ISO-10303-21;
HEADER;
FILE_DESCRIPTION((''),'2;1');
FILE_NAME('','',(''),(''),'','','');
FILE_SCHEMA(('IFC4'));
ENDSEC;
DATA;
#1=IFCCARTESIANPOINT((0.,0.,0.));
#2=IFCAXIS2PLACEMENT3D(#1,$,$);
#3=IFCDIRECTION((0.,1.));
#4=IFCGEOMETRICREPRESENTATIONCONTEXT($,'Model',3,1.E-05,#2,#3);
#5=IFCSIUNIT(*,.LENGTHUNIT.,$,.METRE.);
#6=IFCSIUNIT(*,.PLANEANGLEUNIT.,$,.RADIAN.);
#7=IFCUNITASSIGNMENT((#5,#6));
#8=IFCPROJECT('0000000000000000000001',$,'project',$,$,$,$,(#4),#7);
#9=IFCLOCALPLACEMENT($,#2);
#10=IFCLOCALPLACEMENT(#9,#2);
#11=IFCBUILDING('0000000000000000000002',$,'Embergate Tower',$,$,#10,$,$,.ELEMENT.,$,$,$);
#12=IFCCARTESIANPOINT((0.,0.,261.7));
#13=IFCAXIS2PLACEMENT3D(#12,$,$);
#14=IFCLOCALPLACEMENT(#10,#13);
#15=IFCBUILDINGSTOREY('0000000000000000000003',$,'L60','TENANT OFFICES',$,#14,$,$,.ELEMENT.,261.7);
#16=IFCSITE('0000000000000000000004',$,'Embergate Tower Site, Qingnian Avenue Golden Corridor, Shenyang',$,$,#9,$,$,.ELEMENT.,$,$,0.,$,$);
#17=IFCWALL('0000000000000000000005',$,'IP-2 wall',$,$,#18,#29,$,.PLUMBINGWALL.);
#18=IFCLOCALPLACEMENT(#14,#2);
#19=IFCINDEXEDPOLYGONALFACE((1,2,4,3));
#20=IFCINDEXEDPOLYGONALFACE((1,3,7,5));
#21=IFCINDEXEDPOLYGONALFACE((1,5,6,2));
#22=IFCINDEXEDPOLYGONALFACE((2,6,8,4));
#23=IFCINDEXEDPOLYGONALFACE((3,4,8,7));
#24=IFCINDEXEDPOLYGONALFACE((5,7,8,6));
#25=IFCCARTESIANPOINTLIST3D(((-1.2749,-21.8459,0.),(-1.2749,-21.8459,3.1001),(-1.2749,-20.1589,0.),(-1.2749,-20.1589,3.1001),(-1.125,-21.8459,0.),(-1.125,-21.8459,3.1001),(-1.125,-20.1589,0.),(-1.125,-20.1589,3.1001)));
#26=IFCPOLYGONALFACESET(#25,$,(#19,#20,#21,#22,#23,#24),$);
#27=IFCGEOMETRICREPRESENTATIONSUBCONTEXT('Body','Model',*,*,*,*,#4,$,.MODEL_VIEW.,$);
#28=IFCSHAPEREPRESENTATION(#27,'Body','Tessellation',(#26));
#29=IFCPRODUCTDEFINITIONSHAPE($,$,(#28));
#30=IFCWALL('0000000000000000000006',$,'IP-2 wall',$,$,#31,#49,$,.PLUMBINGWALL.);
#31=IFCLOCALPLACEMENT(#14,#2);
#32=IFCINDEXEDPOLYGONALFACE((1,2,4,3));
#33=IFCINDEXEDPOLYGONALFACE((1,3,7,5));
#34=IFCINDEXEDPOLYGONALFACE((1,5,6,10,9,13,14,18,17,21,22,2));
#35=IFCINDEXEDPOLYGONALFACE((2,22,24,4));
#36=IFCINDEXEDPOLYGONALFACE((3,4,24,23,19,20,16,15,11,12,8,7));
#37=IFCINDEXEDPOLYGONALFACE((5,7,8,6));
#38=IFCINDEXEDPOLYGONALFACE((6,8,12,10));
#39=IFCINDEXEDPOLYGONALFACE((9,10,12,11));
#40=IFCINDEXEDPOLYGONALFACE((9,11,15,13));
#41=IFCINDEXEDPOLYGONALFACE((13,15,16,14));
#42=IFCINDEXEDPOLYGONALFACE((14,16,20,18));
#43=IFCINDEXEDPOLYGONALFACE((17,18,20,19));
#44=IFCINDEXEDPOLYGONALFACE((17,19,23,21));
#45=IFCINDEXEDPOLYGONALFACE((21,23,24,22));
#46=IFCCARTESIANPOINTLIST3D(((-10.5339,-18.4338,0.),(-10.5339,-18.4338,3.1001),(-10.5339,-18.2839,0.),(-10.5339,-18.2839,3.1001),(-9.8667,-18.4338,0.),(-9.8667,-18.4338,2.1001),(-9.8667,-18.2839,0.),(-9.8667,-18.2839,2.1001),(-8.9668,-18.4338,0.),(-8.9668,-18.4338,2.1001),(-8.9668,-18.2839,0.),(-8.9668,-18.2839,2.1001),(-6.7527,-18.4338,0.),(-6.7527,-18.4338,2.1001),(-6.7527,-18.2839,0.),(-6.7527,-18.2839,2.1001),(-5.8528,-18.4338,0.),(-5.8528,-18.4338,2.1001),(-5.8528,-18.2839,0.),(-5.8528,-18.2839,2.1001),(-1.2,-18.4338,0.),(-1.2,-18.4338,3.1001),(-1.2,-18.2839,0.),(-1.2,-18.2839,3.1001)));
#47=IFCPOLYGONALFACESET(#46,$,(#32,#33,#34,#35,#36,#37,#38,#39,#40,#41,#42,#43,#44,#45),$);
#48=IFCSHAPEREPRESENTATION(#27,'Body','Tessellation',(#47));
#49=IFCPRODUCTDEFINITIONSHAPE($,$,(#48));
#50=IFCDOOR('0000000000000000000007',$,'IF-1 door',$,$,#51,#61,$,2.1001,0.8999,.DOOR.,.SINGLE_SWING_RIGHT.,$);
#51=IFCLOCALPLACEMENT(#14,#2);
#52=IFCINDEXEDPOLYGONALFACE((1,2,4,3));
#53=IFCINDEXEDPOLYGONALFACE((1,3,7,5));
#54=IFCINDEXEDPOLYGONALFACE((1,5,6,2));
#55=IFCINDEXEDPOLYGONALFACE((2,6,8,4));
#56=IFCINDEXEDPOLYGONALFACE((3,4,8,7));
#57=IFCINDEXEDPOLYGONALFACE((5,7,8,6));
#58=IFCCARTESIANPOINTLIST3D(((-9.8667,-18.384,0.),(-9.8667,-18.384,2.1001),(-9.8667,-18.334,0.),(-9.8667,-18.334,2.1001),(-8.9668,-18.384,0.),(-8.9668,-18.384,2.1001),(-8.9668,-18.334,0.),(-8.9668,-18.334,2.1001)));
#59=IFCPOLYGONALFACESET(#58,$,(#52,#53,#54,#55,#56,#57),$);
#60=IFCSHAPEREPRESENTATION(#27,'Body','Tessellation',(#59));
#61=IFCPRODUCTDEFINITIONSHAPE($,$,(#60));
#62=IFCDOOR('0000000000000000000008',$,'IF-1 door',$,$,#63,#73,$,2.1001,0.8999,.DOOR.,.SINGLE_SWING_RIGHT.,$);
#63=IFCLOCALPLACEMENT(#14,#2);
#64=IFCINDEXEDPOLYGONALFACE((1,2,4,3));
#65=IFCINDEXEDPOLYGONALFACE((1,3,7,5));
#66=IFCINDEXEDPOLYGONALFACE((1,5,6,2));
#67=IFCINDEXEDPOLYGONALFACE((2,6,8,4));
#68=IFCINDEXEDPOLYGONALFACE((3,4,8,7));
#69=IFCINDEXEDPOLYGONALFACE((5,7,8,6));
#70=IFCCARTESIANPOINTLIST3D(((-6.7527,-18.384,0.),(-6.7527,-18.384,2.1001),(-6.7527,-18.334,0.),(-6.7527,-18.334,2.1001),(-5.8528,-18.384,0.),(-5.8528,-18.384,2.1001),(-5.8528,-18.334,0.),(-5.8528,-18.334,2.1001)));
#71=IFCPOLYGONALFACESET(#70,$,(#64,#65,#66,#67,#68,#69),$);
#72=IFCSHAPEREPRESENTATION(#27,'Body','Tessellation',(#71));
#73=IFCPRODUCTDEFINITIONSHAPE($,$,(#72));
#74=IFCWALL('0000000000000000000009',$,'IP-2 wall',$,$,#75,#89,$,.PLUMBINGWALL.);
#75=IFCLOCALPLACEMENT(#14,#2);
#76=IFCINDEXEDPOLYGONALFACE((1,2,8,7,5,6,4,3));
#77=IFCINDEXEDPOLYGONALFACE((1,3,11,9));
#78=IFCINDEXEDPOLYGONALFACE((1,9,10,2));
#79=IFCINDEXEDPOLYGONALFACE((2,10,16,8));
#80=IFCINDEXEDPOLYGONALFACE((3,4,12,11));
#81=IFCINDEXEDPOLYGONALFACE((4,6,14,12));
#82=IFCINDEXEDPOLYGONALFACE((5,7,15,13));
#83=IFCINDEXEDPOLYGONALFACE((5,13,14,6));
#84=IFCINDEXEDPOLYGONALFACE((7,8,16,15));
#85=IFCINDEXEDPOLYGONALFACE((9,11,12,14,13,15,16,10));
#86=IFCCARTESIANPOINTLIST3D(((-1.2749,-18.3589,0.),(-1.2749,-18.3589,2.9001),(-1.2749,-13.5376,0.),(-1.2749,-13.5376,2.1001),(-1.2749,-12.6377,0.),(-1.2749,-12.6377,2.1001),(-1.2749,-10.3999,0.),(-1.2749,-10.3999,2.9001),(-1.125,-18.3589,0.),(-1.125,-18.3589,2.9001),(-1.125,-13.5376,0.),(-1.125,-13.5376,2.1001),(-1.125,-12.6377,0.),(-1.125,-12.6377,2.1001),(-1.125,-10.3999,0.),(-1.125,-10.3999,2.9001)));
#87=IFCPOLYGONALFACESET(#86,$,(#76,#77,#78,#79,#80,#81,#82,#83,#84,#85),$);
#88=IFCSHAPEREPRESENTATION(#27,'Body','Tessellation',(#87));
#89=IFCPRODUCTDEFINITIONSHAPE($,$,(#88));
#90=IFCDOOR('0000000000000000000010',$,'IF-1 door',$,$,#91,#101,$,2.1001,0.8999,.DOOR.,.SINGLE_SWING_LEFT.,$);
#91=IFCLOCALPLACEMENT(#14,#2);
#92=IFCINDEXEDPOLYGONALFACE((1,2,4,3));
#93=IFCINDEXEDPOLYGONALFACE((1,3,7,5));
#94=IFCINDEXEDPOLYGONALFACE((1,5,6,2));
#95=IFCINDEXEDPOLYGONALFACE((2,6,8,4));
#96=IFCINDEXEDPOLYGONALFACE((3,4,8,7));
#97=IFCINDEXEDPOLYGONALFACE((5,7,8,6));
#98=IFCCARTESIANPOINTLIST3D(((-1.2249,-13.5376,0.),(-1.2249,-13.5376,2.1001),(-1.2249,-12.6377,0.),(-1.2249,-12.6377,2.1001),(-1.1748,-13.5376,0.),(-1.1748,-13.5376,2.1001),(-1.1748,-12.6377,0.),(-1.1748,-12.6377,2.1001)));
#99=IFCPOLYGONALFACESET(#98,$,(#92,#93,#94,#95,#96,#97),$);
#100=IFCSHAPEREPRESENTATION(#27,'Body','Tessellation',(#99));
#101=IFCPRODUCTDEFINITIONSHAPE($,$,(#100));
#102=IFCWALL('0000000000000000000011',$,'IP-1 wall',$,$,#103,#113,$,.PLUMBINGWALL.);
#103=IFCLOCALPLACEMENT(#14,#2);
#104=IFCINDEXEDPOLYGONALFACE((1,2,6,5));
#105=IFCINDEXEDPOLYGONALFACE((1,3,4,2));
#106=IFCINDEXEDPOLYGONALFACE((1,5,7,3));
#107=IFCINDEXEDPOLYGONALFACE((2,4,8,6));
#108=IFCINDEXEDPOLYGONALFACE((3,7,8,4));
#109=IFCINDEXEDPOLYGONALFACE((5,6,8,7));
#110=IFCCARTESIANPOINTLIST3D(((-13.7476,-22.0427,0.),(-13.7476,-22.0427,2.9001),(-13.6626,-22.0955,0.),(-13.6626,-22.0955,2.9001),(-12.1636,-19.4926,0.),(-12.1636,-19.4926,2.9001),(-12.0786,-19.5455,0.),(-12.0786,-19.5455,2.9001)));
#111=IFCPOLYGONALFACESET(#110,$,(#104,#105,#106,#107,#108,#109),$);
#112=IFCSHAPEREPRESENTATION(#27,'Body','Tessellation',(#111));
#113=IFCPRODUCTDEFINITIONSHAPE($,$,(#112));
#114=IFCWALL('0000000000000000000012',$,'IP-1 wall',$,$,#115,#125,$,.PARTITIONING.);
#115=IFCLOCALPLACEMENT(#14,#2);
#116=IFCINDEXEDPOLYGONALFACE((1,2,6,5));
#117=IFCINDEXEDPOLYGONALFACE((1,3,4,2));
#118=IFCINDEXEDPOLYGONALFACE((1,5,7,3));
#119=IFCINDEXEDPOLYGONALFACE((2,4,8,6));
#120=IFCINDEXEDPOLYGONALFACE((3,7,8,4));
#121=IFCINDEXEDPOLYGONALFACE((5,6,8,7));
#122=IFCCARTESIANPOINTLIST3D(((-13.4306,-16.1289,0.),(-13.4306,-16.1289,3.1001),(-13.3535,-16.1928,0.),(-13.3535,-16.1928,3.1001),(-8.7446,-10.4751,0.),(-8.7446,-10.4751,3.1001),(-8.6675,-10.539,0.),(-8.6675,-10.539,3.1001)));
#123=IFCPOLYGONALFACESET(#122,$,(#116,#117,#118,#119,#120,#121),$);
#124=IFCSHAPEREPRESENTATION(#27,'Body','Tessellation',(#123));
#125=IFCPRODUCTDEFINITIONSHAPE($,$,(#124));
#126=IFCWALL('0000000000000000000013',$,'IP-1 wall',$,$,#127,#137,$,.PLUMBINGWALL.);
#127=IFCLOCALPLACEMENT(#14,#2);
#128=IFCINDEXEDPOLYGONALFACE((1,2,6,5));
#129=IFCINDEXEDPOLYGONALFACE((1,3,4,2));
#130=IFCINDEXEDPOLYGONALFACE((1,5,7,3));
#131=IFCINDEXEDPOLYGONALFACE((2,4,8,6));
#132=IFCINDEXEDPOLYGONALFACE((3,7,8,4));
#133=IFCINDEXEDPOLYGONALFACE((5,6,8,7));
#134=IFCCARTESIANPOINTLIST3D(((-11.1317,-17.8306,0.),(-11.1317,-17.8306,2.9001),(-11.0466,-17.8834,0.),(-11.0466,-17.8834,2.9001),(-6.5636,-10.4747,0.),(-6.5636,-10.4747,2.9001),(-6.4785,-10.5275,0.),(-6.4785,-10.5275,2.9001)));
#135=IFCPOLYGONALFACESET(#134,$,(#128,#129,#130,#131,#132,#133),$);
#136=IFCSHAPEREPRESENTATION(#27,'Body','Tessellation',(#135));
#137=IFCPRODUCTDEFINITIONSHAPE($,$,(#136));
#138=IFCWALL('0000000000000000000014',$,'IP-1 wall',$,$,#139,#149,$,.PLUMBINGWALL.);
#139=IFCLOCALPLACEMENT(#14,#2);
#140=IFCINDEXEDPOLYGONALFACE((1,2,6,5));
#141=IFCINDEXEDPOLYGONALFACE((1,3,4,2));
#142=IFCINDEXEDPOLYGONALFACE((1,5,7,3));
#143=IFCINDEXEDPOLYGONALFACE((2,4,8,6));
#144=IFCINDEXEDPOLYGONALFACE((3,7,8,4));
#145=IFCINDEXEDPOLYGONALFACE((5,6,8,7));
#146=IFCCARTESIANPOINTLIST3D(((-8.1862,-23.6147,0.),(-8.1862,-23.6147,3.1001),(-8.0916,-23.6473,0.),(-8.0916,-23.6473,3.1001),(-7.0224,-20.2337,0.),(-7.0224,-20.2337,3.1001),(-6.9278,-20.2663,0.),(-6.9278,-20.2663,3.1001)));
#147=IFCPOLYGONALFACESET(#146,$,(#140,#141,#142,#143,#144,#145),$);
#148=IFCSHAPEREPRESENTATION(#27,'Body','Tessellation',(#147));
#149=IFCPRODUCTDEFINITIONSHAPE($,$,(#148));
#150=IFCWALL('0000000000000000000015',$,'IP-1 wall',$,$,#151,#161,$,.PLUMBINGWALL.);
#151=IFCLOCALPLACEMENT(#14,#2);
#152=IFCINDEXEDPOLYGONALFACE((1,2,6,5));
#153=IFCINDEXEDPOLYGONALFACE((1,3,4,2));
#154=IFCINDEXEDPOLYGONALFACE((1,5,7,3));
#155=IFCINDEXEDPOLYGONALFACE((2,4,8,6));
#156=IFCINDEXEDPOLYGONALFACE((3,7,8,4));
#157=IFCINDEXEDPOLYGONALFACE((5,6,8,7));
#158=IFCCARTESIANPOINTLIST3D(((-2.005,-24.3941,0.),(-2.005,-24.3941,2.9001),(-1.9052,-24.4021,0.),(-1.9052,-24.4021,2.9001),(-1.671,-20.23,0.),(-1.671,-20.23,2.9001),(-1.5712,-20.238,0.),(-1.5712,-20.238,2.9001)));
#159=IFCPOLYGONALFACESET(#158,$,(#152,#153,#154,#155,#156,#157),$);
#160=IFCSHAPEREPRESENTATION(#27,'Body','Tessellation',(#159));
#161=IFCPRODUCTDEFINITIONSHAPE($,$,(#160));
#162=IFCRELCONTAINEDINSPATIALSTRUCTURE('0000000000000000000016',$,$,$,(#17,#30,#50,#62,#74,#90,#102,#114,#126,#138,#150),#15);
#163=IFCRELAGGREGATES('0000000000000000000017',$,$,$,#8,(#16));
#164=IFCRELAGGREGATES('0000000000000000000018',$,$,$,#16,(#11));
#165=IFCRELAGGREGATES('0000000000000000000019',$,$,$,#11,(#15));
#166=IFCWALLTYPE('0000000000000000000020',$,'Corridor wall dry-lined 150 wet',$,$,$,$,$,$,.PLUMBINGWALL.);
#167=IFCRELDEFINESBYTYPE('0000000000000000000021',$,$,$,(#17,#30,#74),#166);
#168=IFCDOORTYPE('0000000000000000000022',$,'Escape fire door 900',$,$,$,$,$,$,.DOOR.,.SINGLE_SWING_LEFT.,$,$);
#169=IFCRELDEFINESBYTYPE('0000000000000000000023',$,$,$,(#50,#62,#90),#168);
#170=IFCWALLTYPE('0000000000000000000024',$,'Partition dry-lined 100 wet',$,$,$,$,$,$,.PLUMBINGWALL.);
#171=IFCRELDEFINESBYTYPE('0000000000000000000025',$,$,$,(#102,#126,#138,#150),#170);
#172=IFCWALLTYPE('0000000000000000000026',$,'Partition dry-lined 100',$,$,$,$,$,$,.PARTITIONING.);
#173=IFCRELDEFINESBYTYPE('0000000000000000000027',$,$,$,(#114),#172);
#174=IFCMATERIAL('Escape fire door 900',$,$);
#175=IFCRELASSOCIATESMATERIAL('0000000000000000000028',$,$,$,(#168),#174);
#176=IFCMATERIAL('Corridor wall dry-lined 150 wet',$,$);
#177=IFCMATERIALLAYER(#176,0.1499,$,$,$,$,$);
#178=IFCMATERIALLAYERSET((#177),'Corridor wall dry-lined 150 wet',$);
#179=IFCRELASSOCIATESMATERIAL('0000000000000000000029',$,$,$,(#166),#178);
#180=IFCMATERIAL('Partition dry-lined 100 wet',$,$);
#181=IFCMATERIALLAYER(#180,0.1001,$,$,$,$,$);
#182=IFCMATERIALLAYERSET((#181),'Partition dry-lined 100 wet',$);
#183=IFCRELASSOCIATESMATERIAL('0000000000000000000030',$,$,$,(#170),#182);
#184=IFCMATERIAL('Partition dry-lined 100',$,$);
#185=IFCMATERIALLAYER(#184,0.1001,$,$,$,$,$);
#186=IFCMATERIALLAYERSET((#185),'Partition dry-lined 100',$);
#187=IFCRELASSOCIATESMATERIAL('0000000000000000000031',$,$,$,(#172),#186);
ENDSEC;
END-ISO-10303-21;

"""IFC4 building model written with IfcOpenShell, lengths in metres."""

from ifc_helpers import new_model, si_unit, direction, frame, frame_2d, origin, place, context, subcontext, project, spatial, rectangle, extrude, source, transform, mapped, material, layer, layer_set, type_object, element, fill, save


model = new_model("IFC4")

# Units and contexts
model_context = context("Model", 3, precision=1e-05, world=origin(), true_north=direction((0.0, 1.0)))
body_context = subcontext(model_context, "Body", "Model", "MODEL_VIEW")
ifc_project = project(units=[si_unit("LENGTHUNIT", "METRE"), si_unit("PLANEANGLEUNIT", "RADIAN")], contexts=[model_context])

# Site, building, storey
site_placement = place(None, origin())
site = spatial("IfcSite", under=ifc_project, at=site_placement, Name="Embergate Tower Site, Qingnian Avenue Golden Corridor, Shenyang", CompositionType="ELEMENT", RefElevation=0.0)
building_placement = place(site_placement, origin())
building = spatial("IfcBuilding", under=site, at=building_placement, Name="Embergate Tower", CompositionType="ELEMENT")
storey_placement = place(building_placement, frame((0.0, 0.0, 261.7)))
storey = spatial("IfcBuildingStorey", under=building, at=storey_placement, Name="L60", Description="TENANT OFFICES", CompositionType="ELEMENT", Elevation=261.7)

# Shared definitions
shared_shape_1 = source(origin(), body_context, "Body", "SweptSolid", [
    extrude(rectangle(XDim=0.8999, YDim=2.1001, at=frame_2d((0.45, 1.05))), frame((0.0, 0.085, 0.0), z_axis=(0.0, -1.0, 0.0), x_axis=(1.0, 0.0, 0.0)), (0.0, 0.0, 1.0), 0.1699),
])
ifc_material_1 = material(Name="Escape fire door 900")
door_type_1 = type_object("IfcDoorType", Name="Escape fire door 900", OperationType="SINGLE_SWING_LEFT", PredefinedType="DOOR", material=ifc_material_1)
shared_shape_2 = source(origin(), body_context, "Body", "SweptSolid", [
    extrude(rectangle(XDim=0.8999, YDim=2.1001, at=frame_2d((0.45, 1.05))), frame((0.0, 0.0249, 0.0), z_axis=(0.0, -1.0, 0.0), x_axis=(1.0, 0.0, 0.0)), (0.0, 0.0, 1.0), 0.05),
])
ifc_material_2 = material(Name="Corridor wall dry-lined 150 wet")
ifc_layer_1 = layer(ifc_material_2, 0.1499)
ifc_layer_set_1 = layer_set([ifc_layer_1], Name="Corridor wall dry-lined 150 wet")
wall_type_1 = type_object("IfcWallType", Name="Corridor wall dry-lined 150 wet", PredefinedType="PLUMBINGWALL", material=ifc_layer_set_1)

# Wall
shared_shape_3 = source(origin(), body_context, "Body", "SweptSolid", [
    extrude(rectangle(XDim=1.687, YDim=0.1499, at=frame_2d((0.8435, 0.0))), origin(), (0.0, 0.0, 1.0), 3.1001),
])
wall_1_placement = place(storey_placement, frame((-1.2, -21.8459, 0.0), z_axis=(0.0, 0.0, 1.0), x_axis=(0.0, 1.0, 0.0)))
element("IfcWall", 1, at=wall_1_placement, inside=storey, type_object=wall_type_1, Name="IP-2 wall", PredefinedType="PLUMBINGWALL", context=body_context, shape_type="MappedRepresentation", body=[
    mapped(shared_shape_3, transform((0.0, 0.0, 0.0))),
])

# Wall, openings, doors
shared_shape_4 = source(origin(), body_context, "Body", "SweptSolid", [
    extrude(rectangle(XDim=9.334, YDim=0.1499, at=frame_2d((4.667, 0.0))), origin(), (0.0, 0.0, 1.0), 3.1001),
])
wall_2_placement = place(storey_placement, frame((-10.5339, -18.3589, 0.0), z_axis=(0.0, 0.0, 1.0), x_axis=(1.0, 0.0, 0.0)))
wall_2 = element("IfcWall", 2, at=wall_2_placement, inside=storey, type_object=wall_type_1, Name="IP-2 wall", PredefinedType="PLUMBINGWALL", context=body_context, shape_type="MappedRepresentation", body=[
    mapped(shared_shape_4, transform((0.0, 0.0, 0.0))),
])
opening_1_placement = place(wall_2_placement, frame((0.6672, 0.0, 0.0)))
opening_1 = element("IfcOpeningElement", 3, at=opening_1_placement, cuts=wall_2, PredefinedType="OPENING", context=body_context, shape_type="MappedRepresentation", body=[
    mapped(shared_shape_1, transform((0.0, 0.0, 0.0))),
])
opening_2_placement = place(wall_2_placement, frame((3.7812, 0.0, 0.0)))
opening_2 = element("IfcOpeningElement", 4, at=opening_2_placement, cuts=wall_2, PredefinedType="OPENING", context=body_context, shape_type="MappedRepresentation", body=[
    mapped(shared_shape_1, transform((0.0, 0.0, 0.0))),
])
door_1_placement = place(opening_1_placement, origin())
door_1 = element("IfcDoor", 5, at=door_1_placement, inside=storey, type_object=door_type_1, Name="IF-1 door", OperationType="SINGLE_SWING_RIGHT", OverallHeight=2.1001, OverallWidth=0.8999, PredefinedType="DOOR", context=body_context, shape_type="MappedRepresentation", body=[
    mapped(shared_shape_2, transform((0.0, 0.0, 0.0))),
])
fill(opening_1, door_1)
door_2_placement = place(opening_2_placement, origin())
door_2 = element("IfcDoor", 6, at=door_2_placement, inside=storey, type_object=door_type_1, Name="IF-1 door", OperationType="SINGLE_SWING_RIGHT", OverallHeight=2.1001, OverallWidth=0.8999, PredefinedType="DOOR", context=body_context, shape_type="MappedRepresentation", body=[
    mapped(shared_shape_2, transform((0.0, 0.0, 0.0))),
])
fill(opening_2, door_2)

# Wall, opening, door
shared_shape_5 = source(origin(), body_context, "Body", "SweptSolid", [
    extrude(rectangle(XDim=7.959, YDim=0.1499, at=frame_2d((3.9795, 0.0))), origin(), (0.0, 0.0, 1.0), 2.9001),
])
wall_3_placement = place(storey_placement, frame((-1.2, -18.3589, 0.0), z_axis=(0.0, 0.0, 1.0), x_axis=(0.0, 1.0, 0.0)))
wall_3 = element("IfcWall", 7, at=wall_3_placement, inside=storey, type_object=wall_type_1, Name="IP-2 wall", PredefinedType="PLUMBINGWALL", context=body_context, shape_type="MappedRepresentation", body=[
    mapped(shared_shape_5, transform((0.0, 0.0, 0.0))),
])
opening_3_placement = place(wall_3_placement, frame((4.8213, 0.0, 0.0)))
opening_3 = element("IfcOpeningElement", 8, at=opening_3_placement, cuts=wall_3, PredefinedType="OPENING", context=body_context, shape_type="MappedRepresentation", body=[
    mapped(shared_shape_1, transform((0.0, 0.0, 0.0))),
])
door_3_placement = place(opening_3_placement, origin())
door_3 = element("IfcDoor", 9, at=door_3_placement, inside=storey, type_object=door_type_1, Name="IF-1 door", OperationType="SINGLE_SWING_LEFT", OverallHeight=2.1001, OverallWidth=0.8999, PredefinedType="DOOR", context=body_context, shape_type="MappedRepresentation", body=[
    mapped(shared_shape_2, transform((0.0, 0.0, 0.0))),
])
fill(opening_3, door_3)

# Walls
ifc_material_3 = material(Name="Partition dry-lined 100 wet")
ifc_layer_2 = layer(ifc_material_3, 0.1001)
ifc_layer_set_2 = layer_set([ifc_layer_2], Name="Partition dry-lined 100 wet")
wall_type_2 = type_object("IfcWallType", Name="Partition dry-lined 100 wet", PredefinedType="PLUMBINGWALL", material=ifc_layer_set_2)
shared_shape_6 = source(origin(), body_context, "Body", "SweptSolid", [
    extrude(rectangle(XDim=3.002, YDim=0.1001, at=frame_2d((1.501, 0.0))), origin(), (0.0, 0.0, 1.0), 2.9001),
])
wall_4_placement = place(storey_placement, frame((-12.1211, -19.519, 0.0), z_axis=(0.0, 0.0, 1.0), x_axis=(-0.52765, -0.849462, 0.0)))
element("IfcWall", 10, at=wall_4_placement, inside=storey, type_object=wall_type_2, Name="IP-1 wall", PredefinedType="PLUMBINGWALL", context=body_context, shape_type="MappedRepresentation", body=[
    mapped(shared_shape_6, transform((0.0, 0.0, 0.0))),
])
ifc_material_4 = material(Name="Partition dry-lined 100")
ifc_layer_3 = layer(ifc_material_4, 0.1001)
ifc_layer_set_3 = layer_set([ifc_layer_3], Name="Partition dry-lined 100")
wall_type_3 = type_object("IfcWallType", Name="Partition dry-lined 100", PredefinedType="PARTITIONING", material=ifc_layer_set_3)
shared_shape_7 = source(origin(), body_context, "Body", "SweptSolid", [
    extrude(rectangle(XDim=7.3433, YDim=0.1001, at=frame_2d((3.6716, 0.0))), origin(), (0.0, 0.0, 1.0), 3.1001),
])
wall_5_placement = place(storey_placement, frame((-8.7061, -10.5071, 0.0), z_axis=(0.0, 0.0, 1.0), x_axis=(-0.638135, -0.769924, 0.0)))
element("IfcWall", 11, at=wall_5_placement, inside=storey, type_object=wall_type_3, Name="IP-1 wall", PredefinedType="PARTITIONING", context=body_context, shape_type="MappedRepresentation", body=[
    mapped(shared_shape_7, transform((0.0, 0.0, 0.0))),
])
shared_shape_8 = source(origin(), body_context, "Body", "SweptSolid", [
    extrude(rectangle(XDim=8.6589, YDim=0.1001, at=frame_2d((4.3296, 0.0))), origin(), (0.0, 0.0, 1.0), 2.9001),
])
wall_6_placement = place(storey_placement, frame((-6.521, -10.501, 0.0), z_axis=(0.0, 0.0, 1.0), x_axis=(-0.527559, -0.849519, 0.0)))
element("IfcWall", 12, at=wall_6_placement, inside=storey, type_object=wall_type_2, Name="IP-1 wall", PredefinedType="PLUMBINGWALL", context=body_context, shape_type="MappedRepresentation", body=[
    mapped(shared_shape_8, transform((0.0, 0.0, 0.0))),
])
shared_shape_9 = source(origin(), body_context, "Body", "SweptSolid", [
    extrude(rectangle(XDim=3.5757, YDim=0.1001, at=frame_2d((1.7878, 0.0))), origin(), (0.0, 0.0, 1.0), 3.1001),
])
wall_7_placement = place(storey_placement, frame((-6.9751, -20.25, 0.0), z_axis=(0.0, 0.0, 1.0), x_axis=(-0.325471, -0.945552, 0.0)))
element("IfcWall", 13, at=wall_7_placement, inside=storey, type_object=wall_type_2, Name="IP-1 wall", PredefinedType="PLUMBINGWALL", context=body_context, shape_type="MappedRepresentation", body=[
    mapped(shared_shape_9, transform((0.0, 0.0, 0.0))),
])
shared_shape_10 = source(origin(), body_context, "Body", "SweptSolid", [
    extrude(rectangle(XDim=4.1775, YDim=0.1001, at=frame_2d((2.0889, 0.0))), origin(), (0.0, 0.0, 1.0), 2.9001),
])
wall_8_placement = place(storey_placement, frame((-1.6211, -20.2339, 0.0), z_axis=(0.0, 0.0, 1.0), x_axis=(-0.07995, -0.996799, 0.0)))
element("IfcWall", 14, at=wall_8_placement, inside=storey, type_object=wall_type_2, Name="IP-1 wall", PredefinedType="PLUMBINGWALL", context=body_context, shape_type="MappedRepresentation", body=[
    mapped(shared_shape_10, transform((0.0, 0.0, 0.0))),
])

save(model, "model.ifc")
